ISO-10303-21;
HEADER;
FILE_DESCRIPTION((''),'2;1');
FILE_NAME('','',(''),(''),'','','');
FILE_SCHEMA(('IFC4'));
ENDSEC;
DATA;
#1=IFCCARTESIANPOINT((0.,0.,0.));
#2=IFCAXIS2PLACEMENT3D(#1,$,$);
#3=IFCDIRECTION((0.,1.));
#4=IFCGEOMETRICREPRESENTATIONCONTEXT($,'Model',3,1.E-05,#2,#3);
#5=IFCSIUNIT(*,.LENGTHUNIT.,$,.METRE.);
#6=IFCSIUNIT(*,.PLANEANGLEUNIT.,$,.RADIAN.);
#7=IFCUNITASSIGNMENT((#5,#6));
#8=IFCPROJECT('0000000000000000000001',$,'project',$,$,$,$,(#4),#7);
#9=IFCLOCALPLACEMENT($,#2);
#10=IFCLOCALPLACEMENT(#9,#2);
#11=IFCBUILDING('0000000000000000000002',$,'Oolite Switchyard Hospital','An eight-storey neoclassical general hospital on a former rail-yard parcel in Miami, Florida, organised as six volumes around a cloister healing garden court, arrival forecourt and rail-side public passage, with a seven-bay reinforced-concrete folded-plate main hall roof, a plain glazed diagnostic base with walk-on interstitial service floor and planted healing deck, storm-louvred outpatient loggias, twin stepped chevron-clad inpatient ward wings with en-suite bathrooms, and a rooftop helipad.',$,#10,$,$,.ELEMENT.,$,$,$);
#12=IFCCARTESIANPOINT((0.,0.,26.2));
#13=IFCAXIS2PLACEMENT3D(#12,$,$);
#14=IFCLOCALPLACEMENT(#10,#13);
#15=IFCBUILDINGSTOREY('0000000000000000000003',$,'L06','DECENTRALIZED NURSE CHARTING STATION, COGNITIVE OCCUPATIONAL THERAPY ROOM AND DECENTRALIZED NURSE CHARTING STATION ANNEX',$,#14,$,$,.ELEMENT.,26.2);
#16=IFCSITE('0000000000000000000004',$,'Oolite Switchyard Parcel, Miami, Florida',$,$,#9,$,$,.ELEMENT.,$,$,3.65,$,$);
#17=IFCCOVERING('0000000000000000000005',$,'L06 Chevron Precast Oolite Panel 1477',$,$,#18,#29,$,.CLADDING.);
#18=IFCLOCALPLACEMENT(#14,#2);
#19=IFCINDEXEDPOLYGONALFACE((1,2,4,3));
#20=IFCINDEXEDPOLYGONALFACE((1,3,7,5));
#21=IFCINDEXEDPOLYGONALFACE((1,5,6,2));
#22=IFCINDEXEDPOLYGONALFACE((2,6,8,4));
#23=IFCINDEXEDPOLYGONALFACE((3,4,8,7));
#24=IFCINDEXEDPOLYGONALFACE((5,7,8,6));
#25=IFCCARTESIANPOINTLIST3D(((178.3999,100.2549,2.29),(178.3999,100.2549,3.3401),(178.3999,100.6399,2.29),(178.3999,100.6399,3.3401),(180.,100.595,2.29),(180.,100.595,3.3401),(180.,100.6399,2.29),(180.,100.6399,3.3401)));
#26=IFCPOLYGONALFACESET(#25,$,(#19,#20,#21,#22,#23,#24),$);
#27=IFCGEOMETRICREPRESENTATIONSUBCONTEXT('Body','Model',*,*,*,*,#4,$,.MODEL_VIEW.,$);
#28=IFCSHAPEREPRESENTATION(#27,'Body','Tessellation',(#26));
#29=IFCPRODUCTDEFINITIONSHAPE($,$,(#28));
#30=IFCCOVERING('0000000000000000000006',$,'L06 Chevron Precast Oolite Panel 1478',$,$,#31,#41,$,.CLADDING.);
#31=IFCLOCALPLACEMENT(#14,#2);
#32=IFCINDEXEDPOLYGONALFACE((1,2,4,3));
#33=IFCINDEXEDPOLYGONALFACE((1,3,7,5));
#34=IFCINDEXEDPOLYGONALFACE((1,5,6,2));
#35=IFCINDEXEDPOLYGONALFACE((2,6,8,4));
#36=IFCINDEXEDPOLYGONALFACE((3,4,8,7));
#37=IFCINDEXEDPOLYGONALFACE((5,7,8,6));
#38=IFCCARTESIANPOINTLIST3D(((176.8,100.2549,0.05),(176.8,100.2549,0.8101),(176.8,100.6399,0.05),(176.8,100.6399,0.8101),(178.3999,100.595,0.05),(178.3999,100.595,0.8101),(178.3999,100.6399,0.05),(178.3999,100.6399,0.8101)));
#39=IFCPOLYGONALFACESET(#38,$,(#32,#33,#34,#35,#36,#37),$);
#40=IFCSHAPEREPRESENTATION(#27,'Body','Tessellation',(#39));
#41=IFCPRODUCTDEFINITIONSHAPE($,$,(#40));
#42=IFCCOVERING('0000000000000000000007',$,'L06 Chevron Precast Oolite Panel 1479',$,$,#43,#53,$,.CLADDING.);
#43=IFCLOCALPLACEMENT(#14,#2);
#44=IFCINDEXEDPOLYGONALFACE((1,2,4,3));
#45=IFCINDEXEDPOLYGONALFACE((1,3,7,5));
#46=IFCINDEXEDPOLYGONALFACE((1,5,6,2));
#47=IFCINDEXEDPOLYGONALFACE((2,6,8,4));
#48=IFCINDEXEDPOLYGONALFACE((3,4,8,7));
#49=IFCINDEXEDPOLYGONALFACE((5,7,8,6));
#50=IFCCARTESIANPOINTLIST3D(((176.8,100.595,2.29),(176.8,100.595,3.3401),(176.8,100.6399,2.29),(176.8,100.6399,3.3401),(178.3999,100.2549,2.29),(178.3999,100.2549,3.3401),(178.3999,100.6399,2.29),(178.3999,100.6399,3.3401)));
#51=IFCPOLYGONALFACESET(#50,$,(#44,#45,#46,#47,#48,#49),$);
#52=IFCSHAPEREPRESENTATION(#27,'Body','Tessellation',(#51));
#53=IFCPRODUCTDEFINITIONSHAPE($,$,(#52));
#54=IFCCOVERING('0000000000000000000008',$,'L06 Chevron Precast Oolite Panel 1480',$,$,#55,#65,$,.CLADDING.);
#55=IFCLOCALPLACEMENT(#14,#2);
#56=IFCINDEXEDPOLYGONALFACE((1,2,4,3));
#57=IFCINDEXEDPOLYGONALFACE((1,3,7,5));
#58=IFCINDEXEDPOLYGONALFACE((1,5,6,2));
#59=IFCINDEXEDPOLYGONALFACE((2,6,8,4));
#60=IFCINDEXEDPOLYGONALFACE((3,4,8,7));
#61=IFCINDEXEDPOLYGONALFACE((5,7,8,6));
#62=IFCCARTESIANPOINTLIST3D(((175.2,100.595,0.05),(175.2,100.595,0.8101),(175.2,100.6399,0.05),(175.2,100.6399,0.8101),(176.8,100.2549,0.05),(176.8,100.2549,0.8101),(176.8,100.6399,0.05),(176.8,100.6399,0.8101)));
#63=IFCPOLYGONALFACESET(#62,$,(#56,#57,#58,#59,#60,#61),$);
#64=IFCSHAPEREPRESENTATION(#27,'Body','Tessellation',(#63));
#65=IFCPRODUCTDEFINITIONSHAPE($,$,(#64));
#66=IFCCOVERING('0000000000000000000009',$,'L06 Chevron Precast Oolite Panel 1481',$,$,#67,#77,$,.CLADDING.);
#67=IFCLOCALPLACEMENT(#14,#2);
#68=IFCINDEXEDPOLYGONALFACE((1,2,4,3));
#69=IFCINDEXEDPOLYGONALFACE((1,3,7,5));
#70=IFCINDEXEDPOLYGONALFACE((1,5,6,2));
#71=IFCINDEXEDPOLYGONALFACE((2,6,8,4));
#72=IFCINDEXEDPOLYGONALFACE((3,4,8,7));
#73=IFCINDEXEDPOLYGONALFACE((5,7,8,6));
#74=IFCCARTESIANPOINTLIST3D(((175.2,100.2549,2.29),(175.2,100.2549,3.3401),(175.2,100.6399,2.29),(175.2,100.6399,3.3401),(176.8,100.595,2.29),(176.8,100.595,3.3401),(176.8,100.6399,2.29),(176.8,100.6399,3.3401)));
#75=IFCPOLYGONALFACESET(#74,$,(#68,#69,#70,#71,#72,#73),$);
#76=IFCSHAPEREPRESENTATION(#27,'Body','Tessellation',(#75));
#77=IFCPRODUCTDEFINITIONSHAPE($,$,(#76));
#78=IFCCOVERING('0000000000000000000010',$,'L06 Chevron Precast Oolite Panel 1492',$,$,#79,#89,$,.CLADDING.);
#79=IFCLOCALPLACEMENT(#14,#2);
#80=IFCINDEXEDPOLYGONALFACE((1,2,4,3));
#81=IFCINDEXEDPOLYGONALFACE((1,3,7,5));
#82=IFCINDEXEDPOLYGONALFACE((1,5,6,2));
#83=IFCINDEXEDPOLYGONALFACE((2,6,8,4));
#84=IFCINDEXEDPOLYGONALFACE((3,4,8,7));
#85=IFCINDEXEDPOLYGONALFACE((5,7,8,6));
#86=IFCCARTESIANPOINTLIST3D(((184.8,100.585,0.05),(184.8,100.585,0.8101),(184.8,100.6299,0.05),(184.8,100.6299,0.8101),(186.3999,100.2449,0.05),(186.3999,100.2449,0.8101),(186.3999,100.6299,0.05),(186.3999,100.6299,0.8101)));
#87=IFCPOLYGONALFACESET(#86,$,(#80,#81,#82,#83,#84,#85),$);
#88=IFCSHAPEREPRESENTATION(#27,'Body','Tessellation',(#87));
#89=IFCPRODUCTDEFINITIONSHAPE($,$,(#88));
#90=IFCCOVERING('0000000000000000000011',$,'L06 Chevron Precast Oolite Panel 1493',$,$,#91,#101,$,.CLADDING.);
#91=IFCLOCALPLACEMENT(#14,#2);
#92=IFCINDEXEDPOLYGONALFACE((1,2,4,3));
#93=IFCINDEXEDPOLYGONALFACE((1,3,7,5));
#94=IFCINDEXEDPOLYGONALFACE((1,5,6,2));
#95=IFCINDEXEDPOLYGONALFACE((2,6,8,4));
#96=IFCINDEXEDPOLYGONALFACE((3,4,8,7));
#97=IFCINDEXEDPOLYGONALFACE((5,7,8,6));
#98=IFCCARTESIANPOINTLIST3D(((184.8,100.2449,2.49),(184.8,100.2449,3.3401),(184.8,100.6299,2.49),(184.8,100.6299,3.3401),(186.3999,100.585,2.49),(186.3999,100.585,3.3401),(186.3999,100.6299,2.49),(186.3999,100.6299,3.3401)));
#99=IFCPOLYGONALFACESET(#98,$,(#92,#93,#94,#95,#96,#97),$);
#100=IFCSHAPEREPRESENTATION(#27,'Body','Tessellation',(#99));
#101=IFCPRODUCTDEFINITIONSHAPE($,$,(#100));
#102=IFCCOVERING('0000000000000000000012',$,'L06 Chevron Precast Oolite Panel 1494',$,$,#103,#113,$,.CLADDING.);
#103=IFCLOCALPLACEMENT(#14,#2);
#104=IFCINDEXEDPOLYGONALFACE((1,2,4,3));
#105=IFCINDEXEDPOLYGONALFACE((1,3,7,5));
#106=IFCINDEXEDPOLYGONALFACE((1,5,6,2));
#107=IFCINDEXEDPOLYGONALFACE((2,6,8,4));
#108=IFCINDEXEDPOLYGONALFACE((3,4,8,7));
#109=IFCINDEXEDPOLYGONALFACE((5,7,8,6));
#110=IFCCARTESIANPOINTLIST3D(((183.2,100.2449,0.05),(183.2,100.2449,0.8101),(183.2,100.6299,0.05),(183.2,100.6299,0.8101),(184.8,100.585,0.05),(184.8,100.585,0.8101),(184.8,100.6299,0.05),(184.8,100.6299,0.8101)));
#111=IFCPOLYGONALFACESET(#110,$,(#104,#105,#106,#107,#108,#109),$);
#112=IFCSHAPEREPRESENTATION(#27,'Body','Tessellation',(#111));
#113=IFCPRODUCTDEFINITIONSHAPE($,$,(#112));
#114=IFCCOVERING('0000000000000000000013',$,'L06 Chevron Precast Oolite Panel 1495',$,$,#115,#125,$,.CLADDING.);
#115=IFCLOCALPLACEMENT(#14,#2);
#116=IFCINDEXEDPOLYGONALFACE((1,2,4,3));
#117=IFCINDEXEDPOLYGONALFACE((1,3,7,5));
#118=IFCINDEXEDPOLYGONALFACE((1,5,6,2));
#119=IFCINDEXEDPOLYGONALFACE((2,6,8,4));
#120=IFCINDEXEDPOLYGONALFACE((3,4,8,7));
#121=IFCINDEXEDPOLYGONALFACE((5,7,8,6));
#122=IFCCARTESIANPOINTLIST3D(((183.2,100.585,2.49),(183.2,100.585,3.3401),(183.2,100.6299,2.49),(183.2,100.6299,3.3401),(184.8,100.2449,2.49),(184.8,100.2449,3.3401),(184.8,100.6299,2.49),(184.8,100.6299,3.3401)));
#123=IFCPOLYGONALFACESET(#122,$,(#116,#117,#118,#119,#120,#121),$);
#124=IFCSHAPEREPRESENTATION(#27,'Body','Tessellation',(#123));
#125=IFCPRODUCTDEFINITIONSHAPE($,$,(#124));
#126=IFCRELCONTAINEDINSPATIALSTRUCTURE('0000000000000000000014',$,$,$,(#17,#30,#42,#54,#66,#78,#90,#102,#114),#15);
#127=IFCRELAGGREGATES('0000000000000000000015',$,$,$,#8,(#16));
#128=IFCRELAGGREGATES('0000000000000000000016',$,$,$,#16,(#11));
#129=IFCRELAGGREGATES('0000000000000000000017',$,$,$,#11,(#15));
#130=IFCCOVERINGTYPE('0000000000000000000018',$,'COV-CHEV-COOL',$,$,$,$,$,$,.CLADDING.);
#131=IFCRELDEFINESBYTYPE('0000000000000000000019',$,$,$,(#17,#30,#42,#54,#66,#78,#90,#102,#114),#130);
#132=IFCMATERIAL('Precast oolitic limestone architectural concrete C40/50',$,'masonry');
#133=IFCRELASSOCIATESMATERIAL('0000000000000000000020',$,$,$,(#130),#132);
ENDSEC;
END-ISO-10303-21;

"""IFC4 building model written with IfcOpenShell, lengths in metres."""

from ifc_helpers import new_model, si_unit, direction, frame, origin, place, context, subcontext, project, spatial, polyline, outline, extrude, material, type_object, element, save


model = new_model("IFC4")

# Units and contexts
model_context = context("Model", 3, precision=1e-05, world=origin(), true_north=direction((0.0, 1.0)))
body_context = subcontext(model_context, "Body", "Model", "MODEL_VIEW")
ifc_project = project(units=[si_unit("LENGTHUNIT", "METRE"), si_unit("PLANEANGLEUNIT", "RADIAN")], contexts=[model_context])

# Site, building, storey
site_placement = place(None, origin())
site = spatial("IfcSite", under=ifc_project, at=site_placement, Name="Oolite Switchyard Parcel, Miami, Florida", CompositionType="ELEMENT", RefElevation=3.65)
building_placement = place(site_placement, origin())
building = spatial("IfcBuilding", under=site, at=building_placement, Name="Oolite Switchyard Hospital", Description="An eight-storey neoclassical general hospital on a former rail-yard parcel in Miami, Florida, organised as six volumes around a cloister healing garden court, arrival forecourt and rail-side public passage, with a seven-bay reinforced-concrete folded-plate main hall roof, a plain glazed diagnostic base with walk-on interstitial service floor and planted healing deck, storm-louvred outpatient loggias, twin stepped chevron-clad inpatient ward wings with en-suite bathrooms, and a rooftop helipad.", CompositionType="ELEMENT")
storey_placement = place(building_placement, frame((0.0, 0.0, 26.2)))
storey = spatial("IfcBuildingStorey", under=building, at=storey_placement, Name="L06", Description="DECENTRALIZED NURSE CHARTING STATION, COGNITIVE OCCUPATIONAL THERAPY ROOM AND DECENTRALIZED NURSE CHARTING STATION ANNEX", CompositionType="ELEMENT", Elevation=26.2)

# Shared definitions
ifc_material_1 = material(Name="Precast oolitic limestone architectural concrete C40/50", Category="masonry")

# Coverings
covering_type = type_object("IfcCoveringType", Name="COV-CHEV-COOL", PredefinedType="CLADDING", material=ifc_material_1)
covering_1_placement = place(storey_placement, frame((180.0, 100.6399, 2.29), z_axis=(0.0, 0.0, 1.0), x_axis=(-1.0, 0.0, 0.0)))
element("IfcCovering", 1, at=covering_1_placement, inside=storey, type_object=covering_type, Name="L06 Chevron Precast Oolite Panel 1477", PredefinedType="CLADDING", context=body_context, shape_type="SweptSolid", body=[
    extrude(outline(polyline([(0.0, 0.0), (1.6001, 0.0), (1.6001, 0.385), (0.0, 0.0449), (0.0, 0.0)])), origin(), (0.0, 0.0, 1.0), 1.05),
])
covering_2_placement = place(storey_placement, frame((178.3999, 100.6399, 0.05), z_axis=(0.0, 0.0, 1.0), x_axis=(-1.0, 0.0, 0.0)))
element("IfcCovering", 2, at=covering_2_placement, inside=storey, type_object=covering_type, Name="L06 Chevron Precast Oolite Panel 1478", PredefinedType="CLADDING", context=body_context, shape_type="SweptSolid", body=[
    extrude(outline(polyline([(0.0, 0.0), (1.5999, 0.0), (1.5999, 0.385), (0.0, 0.0449), (0.0, 0.0)])), origin(), (0.0, 0.0, 1.0), 0.76),
])
covering_3_placement = place(storey_placement, frame((178.3999, 100.6399, 2.29), z_axis=(0.0, 0.0, 1.0), x_axis=(-1.0, 0.0, 0.0)))
element("IfcCovering", 3, at=covering_3_placement, inside=storey, type_object=covering_type, Name="L06 Chevron Precast Oolite Panel 1479", PredefinedType="CLADDING", context=body_context, shape_type="SweptSolid", body=[
    extrude(outline(polyline([(0.0, 0.0), (1.5999, 0.0), (1.5999, 0.0449), (0.0, 0.385), (0.0, 0.0)])), origin(), (0.0, 0.0, 1.0), 1.05),
])
covering_4_placement = place(storey_placement, frame((176.8, 100.6399, 0.05), z_axis=(0.0, 0.0, 1.0), x_axis=(-1.0, 0.0, 0.0)))
element("IfcCovering", 4, at=covering_4_placement, inside=storey, type_object=covering_type, Name="L06 Chevron Precast Oolite Panel 1480", PredefinedType="CLADDING", context=body_context, shape_type="SweptSolid", body=[
    extrude(outline(polyline([(0.0, 0.0), (1.6001, 0.0), (1.6001, 0.0449), (0.0, 0.385), (0.0, 0.0)])), origin(), (0.0, 0.0, 1.0), 0.76),
])
covering_5_placement = place(storey_placement, frame((176.8, 100.6399, 2.29), z_axis=(0.0, 0.0, 1.0), x_axis=(-1.0, 0.0, 0.0)))
element("IfcCovering", 5, at=covering_5_placement, inside=storey, type_object=covering_type, Name="L06 Chevron Precast Oolite Panel 1481", PredefinedType="CLADDING", context=body_context, shape_type="SweptSolid", body=[
    extrude(outline(polyline([(0.0, 0.0), (1.6001, 0.0), (1.6001, 0.385), (0.0, 0.0449), (0.0, 0.0)])), origin(), (0.0, 0.0, 1.0), 1.05),
])
covering_6_placement = place(storey_placement, frame((186.3999, 100.6299, 0.05), z_axis=(0.0, 0.0, 1.0), x_axis=(-1.0, 0.0, 0.0)))
element("IfcCovering", 6, at=covering_6_placement, inside=storey, type_object=covering_type, Name="L06 Chevron Precast Oolite Panel 1492", PredefinedType="CLADDING", context=body_context, shape_type="SweptSolid", body=[
    extrude(outline(polyline([(0.0, 0.0), (1.5999, 0.0), (1.5999, 0.0449), (0.0, 0.385), (0.0, 0.0)])), origin(), (0.0, 0.0, 1.0), 0.76),
])
covering_7_placement = place(storey_placement, frame((186.3999, 100.6299, 2.49), z_axis=(0.0, 0.0, 1.0), x_axis=(-1.0, 0.0, 0.0)))
element("IfcCovering", 7, at=covering_7_placement, inside=storey, type_object=covering_type, Name="L06 Chevron Precast Oolite Panel 1493", PredefinedType="CLADDING", context=body_context, shape_type="SweptSolid", body=[
    extrude(outline(polyline([(0.0, 0.0), (1.5999, 0.0), (1.5999, 0.385), (0.0, 0.0449), (0.0, 0.0)])), origin(), (0.0, 0.0, 1.0), 0.8501),
])
covering_8_placement = place(storey_placement, frame((184.8, 100.6299, 0.05), z_axis=(0.0, 0.0, 1.0), x_axis=(-1.0, 0.0, 0.0)))
element("IfcCovering", 8, at=covering_8_placement, inside=storey, type_object=covering_type, Name="L06 Chevron Precast Oolite Panel 1494", PredefinedType="CLADDING", context=body_context, shape_type="SweptSolid", body=[
    extrude(outline(polyline([(0.0, 0.0), (1.6001, 0.0), (1.6001, 0.385), (0.0, 0.0449), (0.0, 0.0)])), origin(), (0.0, 0.0, 1.0), 0.76),
])
covering_9_placement = place(storey_placement, frame((184.8, 100.6299, 2.49), z_axis=(0.0, 0.0, 1.0), x_axis=(-1.0, 0.0, 0.0)))
element("IfcCovering", 9, at=covering_9_placement, inside=storey, type_object=covering_type, Name="L06 Chevron Precast Oolite Panel 1495", PredefinedType="CLADDING", context=body_context, shape_type="SweptSolid", body=[
    extrude(outline(polyline([(0.0, 0.0), (1.6001, 0.0), (1.6001, 0.0449), (0.0, 0.385), (0.0, 0.0)])), origin(), (0.0, 0.0, 1.0), 0.8501),
])

save(model, "model.ifc")
